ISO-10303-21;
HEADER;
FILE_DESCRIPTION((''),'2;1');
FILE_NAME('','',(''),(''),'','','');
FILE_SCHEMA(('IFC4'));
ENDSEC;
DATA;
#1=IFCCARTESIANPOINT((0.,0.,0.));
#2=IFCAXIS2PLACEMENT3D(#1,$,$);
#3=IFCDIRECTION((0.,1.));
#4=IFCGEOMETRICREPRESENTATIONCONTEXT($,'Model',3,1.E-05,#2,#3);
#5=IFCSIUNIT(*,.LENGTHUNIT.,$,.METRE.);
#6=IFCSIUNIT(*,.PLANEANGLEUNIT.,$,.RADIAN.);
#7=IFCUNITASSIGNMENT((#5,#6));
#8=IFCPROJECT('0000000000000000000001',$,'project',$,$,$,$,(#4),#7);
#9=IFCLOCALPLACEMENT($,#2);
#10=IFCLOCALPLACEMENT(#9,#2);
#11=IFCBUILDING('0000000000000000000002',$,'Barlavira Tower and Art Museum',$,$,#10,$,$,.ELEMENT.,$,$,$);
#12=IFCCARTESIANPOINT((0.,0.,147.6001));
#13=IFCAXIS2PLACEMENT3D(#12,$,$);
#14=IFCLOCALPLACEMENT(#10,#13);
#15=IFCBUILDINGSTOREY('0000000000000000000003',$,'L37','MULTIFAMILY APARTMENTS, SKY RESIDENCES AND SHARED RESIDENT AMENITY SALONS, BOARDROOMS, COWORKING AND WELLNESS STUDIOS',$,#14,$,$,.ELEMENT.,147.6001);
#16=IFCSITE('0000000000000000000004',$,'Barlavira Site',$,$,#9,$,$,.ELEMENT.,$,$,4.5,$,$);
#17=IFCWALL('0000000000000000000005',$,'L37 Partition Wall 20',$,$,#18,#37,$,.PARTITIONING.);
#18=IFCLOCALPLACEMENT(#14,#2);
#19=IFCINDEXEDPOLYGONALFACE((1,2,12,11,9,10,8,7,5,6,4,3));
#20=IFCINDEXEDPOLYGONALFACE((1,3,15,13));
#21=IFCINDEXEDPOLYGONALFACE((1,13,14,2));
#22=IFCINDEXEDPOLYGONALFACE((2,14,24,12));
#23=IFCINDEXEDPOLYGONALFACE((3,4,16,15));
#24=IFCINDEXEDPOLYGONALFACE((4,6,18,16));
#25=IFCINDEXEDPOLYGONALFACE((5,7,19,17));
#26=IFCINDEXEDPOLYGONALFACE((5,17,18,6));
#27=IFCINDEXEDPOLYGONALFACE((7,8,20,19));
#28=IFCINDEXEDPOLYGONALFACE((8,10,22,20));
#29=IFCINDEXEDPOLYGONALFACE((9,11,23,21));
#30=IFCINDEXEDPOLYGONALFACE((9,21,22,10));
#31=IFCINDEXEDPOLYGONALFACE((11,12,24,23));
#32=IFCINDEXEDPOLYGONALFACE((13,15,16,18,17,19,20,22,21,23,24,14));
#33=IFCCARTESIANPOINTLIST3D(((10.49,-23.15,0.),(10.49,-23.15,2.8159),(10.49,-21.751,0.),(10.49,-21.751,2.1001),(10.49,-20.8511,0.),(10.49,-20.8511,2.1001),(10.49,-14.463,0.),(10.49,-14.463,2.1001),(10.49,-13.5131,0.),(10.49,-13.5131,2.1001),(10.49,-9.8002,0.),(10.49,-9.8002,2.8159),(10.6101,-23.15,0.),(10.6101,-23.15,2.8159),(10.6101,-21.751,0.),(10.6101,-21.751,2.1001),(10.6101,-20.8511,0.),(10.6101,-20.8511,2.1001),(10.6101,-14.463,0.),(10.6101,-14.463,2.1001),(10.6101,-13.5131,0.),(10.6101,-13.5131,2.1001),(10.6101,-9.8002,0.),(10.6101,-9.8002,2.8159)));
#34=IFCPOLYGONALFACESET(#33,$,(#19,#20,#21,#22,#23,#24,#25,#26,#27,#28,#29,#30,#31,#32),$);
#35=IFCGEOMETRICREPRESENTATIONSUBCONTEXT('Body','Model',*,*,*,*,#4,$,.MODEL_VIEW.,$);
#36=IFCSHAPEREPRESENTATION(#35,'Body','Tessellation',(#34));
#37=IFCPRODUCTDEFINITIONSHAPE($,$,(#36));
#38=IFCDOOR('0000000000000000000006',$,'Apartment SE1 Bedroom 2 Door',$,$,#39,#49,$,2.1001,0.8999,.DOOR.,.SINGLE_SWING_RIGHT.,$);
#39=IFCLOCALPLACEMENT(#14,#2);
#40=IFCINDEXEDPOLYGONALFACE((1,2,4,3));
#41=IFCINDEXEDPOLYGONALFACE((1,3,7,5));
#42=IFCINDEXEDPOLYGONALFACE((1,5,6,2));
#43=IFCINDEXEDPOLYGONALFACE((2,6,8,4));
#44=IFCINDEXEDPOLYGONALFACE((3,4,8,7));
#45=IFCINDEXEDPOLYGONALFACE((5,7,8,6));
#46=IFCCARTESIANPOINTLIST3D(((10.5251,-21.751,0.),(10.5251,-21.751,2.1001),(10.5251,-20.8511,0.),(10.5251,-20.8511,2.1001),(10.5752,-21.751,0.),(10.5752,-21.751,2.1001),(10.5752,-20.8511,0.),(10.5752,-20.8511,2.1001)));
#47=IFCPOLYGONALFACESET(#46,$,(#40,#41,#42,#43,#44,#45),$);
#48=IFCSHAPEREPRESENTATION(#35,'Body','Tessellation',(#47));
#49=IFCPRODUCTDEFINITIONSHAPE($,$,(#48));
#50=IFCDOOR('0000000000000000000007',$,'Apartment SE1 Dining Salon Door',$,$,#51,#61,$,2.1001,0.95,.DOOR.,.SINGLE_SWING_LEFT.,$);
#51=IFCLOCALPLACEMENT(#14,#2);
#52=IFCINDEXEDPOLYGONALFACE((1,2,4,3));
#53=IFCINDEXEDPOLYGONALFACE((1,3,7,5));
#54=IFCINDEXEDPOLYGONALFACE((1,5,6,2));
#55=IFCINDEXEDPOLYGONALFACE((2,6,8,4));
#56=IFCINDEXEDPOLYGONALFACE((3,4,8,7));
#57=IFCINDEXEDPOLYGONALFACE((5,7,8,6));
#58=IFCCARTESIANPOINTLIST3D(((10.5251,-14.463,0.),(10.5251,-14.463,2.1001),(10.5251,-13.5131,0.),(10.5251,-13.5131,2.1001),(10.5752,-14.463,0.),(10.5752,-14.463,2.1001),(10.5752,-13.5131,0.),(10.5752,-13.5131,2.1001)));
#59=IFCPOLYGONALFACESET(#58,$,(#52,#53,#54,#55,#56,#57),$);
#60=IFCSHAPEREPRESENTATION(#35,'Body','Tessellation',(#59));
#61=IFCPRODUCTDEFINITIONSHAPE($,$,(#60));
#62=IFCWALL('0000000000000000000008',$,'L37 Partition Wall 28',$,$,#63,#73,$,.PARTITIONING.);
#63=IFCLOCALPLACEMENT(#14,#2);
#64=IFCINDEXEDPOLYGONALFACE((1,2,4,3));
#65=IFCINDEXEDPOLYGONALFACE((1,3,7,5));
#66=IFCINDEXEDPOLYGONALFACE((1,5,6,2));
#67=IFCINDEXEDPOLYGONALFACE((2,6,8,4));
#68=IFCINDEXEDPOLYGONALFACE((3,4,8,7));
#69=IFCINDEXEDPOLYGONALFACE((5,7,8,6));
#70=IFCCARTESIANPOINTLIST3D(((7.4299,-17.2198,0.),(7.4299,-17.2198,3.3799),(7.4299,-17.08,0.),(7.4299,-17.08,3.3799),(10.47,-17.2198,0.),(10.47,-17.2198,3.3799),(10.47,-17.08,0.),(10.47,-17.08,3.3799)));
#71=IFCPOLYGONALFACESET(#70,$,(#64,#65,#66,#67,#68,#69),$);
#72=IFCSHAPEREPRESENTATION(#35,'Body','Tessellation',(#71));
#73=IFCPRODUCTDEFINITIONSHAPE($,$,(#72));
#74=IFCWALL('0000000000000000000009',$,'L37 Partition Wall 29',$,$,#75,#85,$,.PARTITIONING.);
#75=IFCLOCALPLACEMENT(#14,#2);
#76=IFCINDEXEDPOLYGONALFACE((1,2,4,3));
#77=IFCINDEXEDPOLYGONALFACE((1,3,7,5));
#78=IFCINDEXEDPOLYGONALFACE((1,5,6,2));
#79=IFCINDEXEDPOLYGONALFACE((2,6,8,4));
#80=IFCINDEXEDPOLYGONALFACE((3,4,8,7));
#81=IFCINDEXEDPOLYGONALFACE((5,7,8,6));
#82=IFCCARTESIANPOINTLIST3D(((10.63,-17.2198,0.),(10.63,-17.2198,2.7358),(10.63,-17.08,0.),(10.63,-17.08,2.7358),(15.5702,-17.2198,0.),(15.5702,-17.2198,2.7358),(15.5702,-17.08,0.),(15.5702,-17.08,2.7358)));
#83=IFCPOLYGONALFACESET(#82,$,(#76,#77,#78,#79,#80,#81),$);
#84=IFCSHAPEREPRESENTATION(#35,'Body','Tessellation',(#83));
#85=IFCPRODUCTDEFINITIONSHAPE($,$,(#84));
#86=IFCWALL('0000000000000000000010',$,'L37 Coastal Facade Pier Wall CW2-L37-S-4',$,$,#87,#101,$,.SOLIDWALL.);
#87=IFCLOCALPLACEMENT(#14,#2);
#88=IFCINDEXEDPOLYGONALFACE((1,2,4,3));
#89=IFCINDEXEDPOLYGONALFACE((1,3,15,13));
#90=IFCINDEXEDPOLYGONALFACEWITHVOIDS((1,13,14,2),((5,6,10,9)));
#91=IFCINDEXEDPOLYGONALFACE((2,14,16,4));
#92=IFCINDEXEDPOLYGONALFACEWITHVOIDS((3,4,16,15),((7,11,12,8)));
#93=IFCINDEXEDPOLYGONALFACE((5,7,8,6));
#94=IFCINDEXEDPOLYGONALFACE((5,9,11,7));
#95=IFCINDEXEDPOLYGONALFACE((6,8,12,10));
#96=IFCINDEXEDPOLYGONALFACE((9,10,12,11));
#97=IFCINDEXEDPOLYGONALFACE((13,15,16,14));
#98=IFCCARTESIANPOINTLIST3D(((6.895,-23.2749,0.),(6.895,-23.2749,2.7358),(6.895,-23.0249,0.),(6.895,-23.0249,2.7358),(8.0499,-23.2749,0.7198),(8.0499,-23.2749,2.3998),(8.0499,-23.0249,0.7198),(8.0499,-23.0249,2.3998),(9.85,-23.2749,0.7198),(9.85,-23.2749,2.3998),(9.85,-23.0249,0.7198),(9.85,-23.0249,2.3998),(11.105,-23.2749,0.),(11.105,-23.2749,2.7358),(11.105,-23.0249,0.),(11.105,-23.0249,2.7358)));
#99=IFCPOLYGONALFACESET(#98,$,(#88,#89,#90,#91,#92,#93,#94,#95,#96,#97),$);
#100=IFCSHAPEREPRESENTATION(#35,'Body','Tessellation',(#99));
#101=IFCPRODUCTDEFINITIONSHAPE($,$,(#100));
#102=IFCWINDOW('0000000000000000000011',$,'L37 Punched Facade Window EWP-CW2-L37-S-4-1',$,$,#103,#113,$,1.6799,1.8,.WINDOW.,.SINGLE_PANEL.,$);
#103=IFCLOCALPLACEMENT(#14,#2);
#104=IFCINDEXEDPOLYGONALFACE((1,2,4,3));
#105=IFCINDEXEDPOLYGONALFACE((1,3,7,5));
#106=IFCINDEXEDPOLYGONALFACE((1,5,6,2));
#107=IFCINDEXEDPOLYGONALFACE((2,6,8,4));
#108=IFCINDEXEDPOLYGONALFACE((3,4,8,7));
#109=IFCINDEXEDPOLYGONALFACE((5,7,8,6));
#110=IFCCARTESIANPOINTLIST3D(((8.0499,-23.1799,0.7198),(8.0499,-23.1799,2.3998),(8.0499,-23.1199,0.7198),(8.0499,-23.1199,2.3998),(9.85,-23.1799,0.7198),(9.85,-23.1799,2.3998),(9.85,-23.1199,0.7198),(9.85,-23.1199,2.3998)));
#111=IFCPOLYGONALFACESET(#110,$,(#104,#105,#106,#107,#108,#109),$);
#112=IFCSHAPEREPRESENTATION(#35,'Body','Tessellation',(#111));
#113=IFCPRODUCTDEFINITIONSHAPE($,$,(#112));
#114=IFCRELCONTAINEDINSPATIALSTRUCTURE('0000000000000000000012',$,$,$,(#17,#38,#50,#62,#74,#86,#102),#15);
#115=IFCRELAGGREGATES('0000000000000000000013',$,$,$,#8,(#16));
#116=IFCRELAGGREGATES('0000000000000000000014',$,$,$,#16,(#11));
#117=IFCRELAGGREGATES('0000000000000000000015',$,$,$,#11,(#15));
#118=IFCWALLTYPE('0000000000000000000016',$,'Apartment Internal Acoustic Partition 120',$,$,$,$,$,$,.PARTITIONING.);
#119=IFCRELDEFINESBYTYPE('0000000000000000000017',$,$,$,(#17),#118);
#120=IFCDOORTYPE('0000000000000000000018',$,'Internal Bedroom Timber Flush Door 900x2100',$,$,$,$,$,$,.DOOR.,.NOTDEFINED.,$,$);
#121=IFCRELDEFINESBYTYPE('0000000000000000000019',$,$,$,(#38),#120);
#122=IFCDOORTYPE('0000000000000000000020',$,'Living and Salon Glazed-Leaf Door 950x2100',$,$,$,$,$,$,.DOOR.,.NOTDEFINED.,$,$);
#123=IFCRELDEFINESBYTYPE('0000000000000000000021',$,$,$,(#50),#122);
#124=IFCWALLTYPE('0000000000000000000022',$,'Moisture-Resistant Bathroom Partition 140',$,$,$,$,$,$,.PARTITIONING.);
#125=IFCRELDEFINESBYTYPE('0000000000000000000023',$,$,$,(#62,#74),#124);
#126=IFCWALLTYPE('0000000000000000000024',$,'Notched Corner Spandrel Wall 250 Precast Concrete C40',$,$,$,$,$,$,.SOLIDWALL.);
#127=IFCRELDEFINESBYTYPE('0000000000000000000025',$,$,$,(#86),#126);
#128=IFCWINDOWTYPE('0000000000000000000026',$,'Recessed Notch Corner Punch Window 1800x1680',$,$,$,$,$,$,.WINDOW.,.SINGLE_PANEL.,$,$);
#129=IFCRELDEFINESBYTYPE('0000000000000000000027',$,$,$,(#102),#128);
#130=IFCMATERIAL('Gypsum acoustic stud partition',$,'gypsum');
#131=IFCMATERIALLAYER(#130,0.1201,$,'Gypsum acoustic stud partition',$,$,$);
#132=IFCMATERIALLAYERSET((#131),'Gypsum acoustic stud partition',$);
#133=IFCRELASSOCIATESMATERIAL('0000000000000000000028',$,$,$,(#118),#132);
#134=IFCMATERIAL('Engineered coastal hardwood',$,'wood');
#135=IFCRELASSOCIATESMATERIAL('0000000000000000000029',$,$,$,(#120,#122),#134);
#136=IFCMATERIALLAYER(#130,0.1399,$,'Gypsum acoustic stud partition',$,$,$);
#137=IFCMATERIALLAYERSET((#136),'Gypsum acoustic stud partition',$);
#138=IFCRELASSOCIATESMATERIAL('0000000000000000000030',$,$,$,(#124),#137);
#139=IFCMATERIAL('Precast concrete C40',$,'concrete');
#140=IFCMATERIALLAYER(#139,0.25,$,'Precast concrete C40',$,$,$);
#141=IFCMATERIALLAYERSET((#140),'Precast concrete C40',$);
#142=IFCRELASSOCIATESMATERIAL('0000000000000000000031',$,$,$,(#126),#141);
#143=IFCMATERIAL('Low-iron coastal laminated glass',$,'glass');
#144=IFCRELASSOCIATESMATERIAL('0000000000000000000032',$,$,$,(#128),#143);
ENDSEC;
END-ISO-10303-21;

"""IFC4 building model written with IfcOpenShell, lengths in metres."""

from ifc_helpers import new_model, si_unit, direction, frame, frame_2d, origin, place, context, subcontext, project, spatial, rectangle, extrude, material, layer, layer_set, type_object, element, fill, save


model = new_model("IFC4")

# Units and contexts
model_context = context("Model", 3, precision=1e-05, world=origin(), true_north=direction((0.0, 1.0)))
body_context = subcontext(model_context, "Body", "Model", "MODEL_VIEW")
ifc_project = project(units=[si_unit("LENGTHUNIT", "METRE"), si_unit("PLANEANGLEUNIT", "RADIAN")], contexts=[model_context])

# Site, building, storey
site_placement = place(None, origin())
site = spatial("IfcSite", under=ifc_project, at=site_placement, Name="Barlavira Site", CompositionType="ELEMENT", RefElevation=4.5)
building_placement = place(site_placement, origin())
building = spatial("IfcBuilding", under=site, at=building_placement, Name="Barlavira Tower and Art Museum", CompositionType="ELEMENT")
storey_placement = place(building_placement, frame((0.0, 0.0, 147.6001)))
storey = spatial("IfcBuildingStorey", under=building, at=storey_placement, Name="L37", Description="MULTIFAMILY APARTMENTS, SKY RESIDENCES AND SHARED RESIDENT AMENITY SALONS, BOARDROOMS, COWORKING AND WELLNESS STUDIOS", CompositionType="ELEMENT", Elevation=147.6001)

# Wall, openings, doors
ifc_material_1 = material(Name="Gypsum acoustic stud partition", Category="gypsum")
ifc_layer_1 = layer(ifc_material_1, 0.1201, Name="Gypsum acoustic stud partition")
ifc_layer_set_1 = layer_set([ifc_layer_1], Name="Gypsum acoustic stud partition")
wall_type_1 = type_object("IfcWallType", Name="Apartment Internal Acoustic Partition 120", PredefinedType="PARTITIONING", material=ifc_layer_set_1)
ifc_material_2 = material(Name="Engineered coastal hardwood", Category="wood")
door_type_1 = type_object("IfcDoorType", Name="Internal Bedroom Timber Flush Door 900x2100", OperationType="NOTDEFINED", PredefinedType="DOOR", material=ifc_material_2)
door_type_2 = type_object("IfcDoorType", Name="Living and Salon Glazed-Leaf Door 950x2100", OperationType="NOTDEFINED", PredefinedType="DOOR", material=ifc_material_2)
wall_1_placement = place(storey_placement, frame((10.55, -23.1499, 0.0), z_axis=(0.0, 0.0, 1.0), x_axis=(0.0, 1.0, 0.0)))
wall_1 = element("IfcWall", 1, at=wall_1_placement, inside=storey, type_object=wall_type_1, Name="L37 Partition Wall 20", PredefinedType="PARTITIONING", context=body_context, shape_type="SweptSolid", body=[
    extrude(rectangle(XDim=13.3499, YDim=0.1201, at=frame_2d((6.6748, 0.0))), origin(), (0.0, 0.0, 1.0), 2.8159),
])
opening_1_placement = place(wall_1_placement, frame((8.6868, 0.0, 0.0)))
opening_1 = element("IfcOpeningElement", 2, at=opening_1_placement, cuts=wall_1, PredefinedType="OPENING", context=body_context, shape_type="SweptSolid", body=[
    extrude(rectangle(XDim=0.95, YDim=2.1001, at=frame_2d((0.4751, 1.05))), frame((0.0, 0.0701, 0.0), z_axis=(0.0, -1.0, 0.0), x_axis=(1.0, 0.0, 0.0)), (0.0, 0.0, 1.0), 0.1401),
])
opening_2_placement = place(wall_1_placement, frame((1.3989, 0.0, 0.0)))
opening_2 = element("IfcOpeningElement", 3, at=opening_2_placement, cuts=wall_1, PredefinedType="OPENING", context=body_context, shape_type="SweptSolid", body=[
    extrude(rectangle(XDim=0.8999, YDim=2.1001, at=frame_2d((0.45, 1.05))), frame((0.0, 0.0701, 0.0), z_axis=(0.0, -1.0, 0.0), x_axis=(1.0, 0.0, 0.0)), (0.0, 0.0, 1.0), 0.1401),
])
door_1_placement = place(opening_2_placement, origin())
door_1 = element("IfcDoor", 4, at=door_1_placement, inside=storey, type_object=door_type_1, Name="Apartment SE1 Bedroom 2 Door", OperationType="SINGLE_SWING_RIGHT", OverallHeight=2.1001, OverallWidth=0.8999, PredefinedType="DOOR", context=body_context, shape_type="SweptSolid", body=[
    extrude(rectangle(XDim=0.8999, YDim=2.1001, at=frame_2d((0.45, 1.05))), frame((0.0, 0.0249, 0.0), z_axis=(0.0, -1.0, 0.0), x_axis=(1.0, 0.0, 0.0)), (0.0, 0.0, 1.0), 0.05),
])
fill(opening_2, door_1)
door_2_placement = place(opening_1_placement, origin())
door_2 = element("IfcDoor", 5, at=door_2_placement, inside=storey, type_object=door_type_2, Name="Apartment SE1 Dining Salon Door", OperationType="SINGLE_SWING_LEFT", OverallHeight=2.1001, OverallWidth=0.95, PredefinedType="DOOR", context=body_context, shape_type="SweptSolid", body=[
    extrude(rectangle(XDim=0.95, YDim=2.1001, at=frame_2d((0.4751, 1.05))), frame((0.0, 0.0249, 0.0), z_axis=(0.0, -1.0, 0.0), x_axis=(1.0, 0.0, 0.0)), (0.0, 0.0, 1.0), 0.05),
])
fill(opening_1, door_2)

# Walls
ifc_layer_2 = layer(ifc_material_1, 0.1399, Name="Gypsum acoustic stud partition")
ifc_layer_set_2 = layer_set([ifc_layer_2], Name="Gypsum acoustic stud partition")
wall_type_2 = type_object("IfcWallType", Name="Moisture-Resistant Bathroom Partition 140", PredefinedType="PARTITIONING", material=ifc_layer_set_2)
wall_2_placement = place(storey_placement, frame((7.4299, -17.1499, 0.0), z_axis=(0.0, 0.0, 1.0), x_axis=(1.0, 0.0, 0.0)))
element("IfcWall", 6, at=wall_2_placement, inside=storey, type_object=wall_type_2, Name="L37 Partition Wall 28", PredefinedType="PARTITIONING", context=body_context, shape_type="SweptSolid", body=[
    extrude(rectangle(XDim=3.04, YDim=0.1399, at=frame_2d((1.52, 0.0))), origin(), (0.0, 0.0, 1.0), 3.3799),
])
wall_3_placement = place(storey_placement, frame((10.6299, -17.1499, 0.0), z_axis=(0.0, 0.0, 1.0), x_axis=(1.0, 0.0, 0.0)))
element("IfcWall", 7, at=wall_3_placement, inside=storey, type_object=wall_type_2, Name="L37 Partition Wall 29", PredefinedType="PARTITIONING", context=body_context, shape_type="SweptSolid", body=[
    extrude(rectangle(XDim=4.9402, YDim=0.1399, at=frame_2d((2.4702, 0.0))), origin(), (0.0, 0.0, 1.0), 2.7358),
])

# Wall, opening, window
ifc_material_3 = material(Name="Precast concrete C40", Category="concrete")
ifc_layer_3 = layer(ifc_material_3, 0.25, Name="Precast concrete C40")
ifc_layer_set_3 = layer_set([ifc_layer_3], Name="Precast concrete C40")
wall_type_3 = type_object("IfcWallType", Name="Notched Corner Spandrel Wall 250 Precast Concrete C40", PredefinedType="SOLIDWALL", material=ifc_layer_set_3)
wall_4_placement = place(storey_placement, frame((6.895, -23.1499, 0.0), z_axis=(0.0, 0.0, 1.0), x_axis=(1.0, 0.0, 0.0)))
wall_4 = element("IfcWall", 8, at=wall_4_placement, inside=storey, type_object=wall_type_3, Name="L37 Coastal Facade Pier Wall CW2-L37-S-4", PredefinedType="SOLIDWALL", context=body_context, shape_type="SweptSolid", body=[
    extrude(rectangle(XDim=4.21, YDim=0.25, at=frame_2d((2.105, 0.0))), origin(), (0.0, 0.0, 1.0), 2.7358),
])
opening_3_placement = place(wall_4_placement, frame((1.155, 0.0, 0.72)))
opening_3 = element("IfcOpeningElement", 9, at=opening_3_placement, cuts=wall_4, PredefinedType="OPENING", context=body_context, shape_type="SweptSolid", body=[
    extrude(rectangle(XDim=1.8, YDim=1.6799, at=frame_2d((0.8999, 0.8398))), frame((0.0, 0.135, 0.0), z_axis=(0.0, -1.0, 0.0), x_axis=(1.0, 0.0, 0.0)), (0.0, 0.0, 1.0), 0.27),
])
ifc_material_4 = material(Name="Low-iron coastal laminated glass", Category="glass")
window_type = type_object("IfcWindowType", Name="Recessed Notch Corner Punch Window 1800x1680", PartitioningType="SINGLE_PANEL", PredefinedType="WINDOW", material=ifc_material_4)
window_placement = place(opening_3_placement, origin())
window = element("IfcWindow", 10, at=window_placement, inside=storey, type_object=window_type, Name="L37 Punched Facade Window EWP-CW2-L37-S-4-1", OverallHeight=1.6799, OverallWidth=1.8, PartitioningType="SINGLE_PANEL", PredefinedType="WINDOW", context=body_context, shape_type="SweptSolid", body=[
    extrude(rectangle(XDim=1.8, YDim=1.6799, at=frame_2d((0.8999, 0.8398))), frame((0.0, 0.03, 0.0), z_axis=(0.0, -1.0, 0.0), x_axis=(1.0, 0.0, 0.0)), (0.0, 0.0, 1.0), 0.0601),
])
fill(opening_3, window)

save(model, "model.ifc")
